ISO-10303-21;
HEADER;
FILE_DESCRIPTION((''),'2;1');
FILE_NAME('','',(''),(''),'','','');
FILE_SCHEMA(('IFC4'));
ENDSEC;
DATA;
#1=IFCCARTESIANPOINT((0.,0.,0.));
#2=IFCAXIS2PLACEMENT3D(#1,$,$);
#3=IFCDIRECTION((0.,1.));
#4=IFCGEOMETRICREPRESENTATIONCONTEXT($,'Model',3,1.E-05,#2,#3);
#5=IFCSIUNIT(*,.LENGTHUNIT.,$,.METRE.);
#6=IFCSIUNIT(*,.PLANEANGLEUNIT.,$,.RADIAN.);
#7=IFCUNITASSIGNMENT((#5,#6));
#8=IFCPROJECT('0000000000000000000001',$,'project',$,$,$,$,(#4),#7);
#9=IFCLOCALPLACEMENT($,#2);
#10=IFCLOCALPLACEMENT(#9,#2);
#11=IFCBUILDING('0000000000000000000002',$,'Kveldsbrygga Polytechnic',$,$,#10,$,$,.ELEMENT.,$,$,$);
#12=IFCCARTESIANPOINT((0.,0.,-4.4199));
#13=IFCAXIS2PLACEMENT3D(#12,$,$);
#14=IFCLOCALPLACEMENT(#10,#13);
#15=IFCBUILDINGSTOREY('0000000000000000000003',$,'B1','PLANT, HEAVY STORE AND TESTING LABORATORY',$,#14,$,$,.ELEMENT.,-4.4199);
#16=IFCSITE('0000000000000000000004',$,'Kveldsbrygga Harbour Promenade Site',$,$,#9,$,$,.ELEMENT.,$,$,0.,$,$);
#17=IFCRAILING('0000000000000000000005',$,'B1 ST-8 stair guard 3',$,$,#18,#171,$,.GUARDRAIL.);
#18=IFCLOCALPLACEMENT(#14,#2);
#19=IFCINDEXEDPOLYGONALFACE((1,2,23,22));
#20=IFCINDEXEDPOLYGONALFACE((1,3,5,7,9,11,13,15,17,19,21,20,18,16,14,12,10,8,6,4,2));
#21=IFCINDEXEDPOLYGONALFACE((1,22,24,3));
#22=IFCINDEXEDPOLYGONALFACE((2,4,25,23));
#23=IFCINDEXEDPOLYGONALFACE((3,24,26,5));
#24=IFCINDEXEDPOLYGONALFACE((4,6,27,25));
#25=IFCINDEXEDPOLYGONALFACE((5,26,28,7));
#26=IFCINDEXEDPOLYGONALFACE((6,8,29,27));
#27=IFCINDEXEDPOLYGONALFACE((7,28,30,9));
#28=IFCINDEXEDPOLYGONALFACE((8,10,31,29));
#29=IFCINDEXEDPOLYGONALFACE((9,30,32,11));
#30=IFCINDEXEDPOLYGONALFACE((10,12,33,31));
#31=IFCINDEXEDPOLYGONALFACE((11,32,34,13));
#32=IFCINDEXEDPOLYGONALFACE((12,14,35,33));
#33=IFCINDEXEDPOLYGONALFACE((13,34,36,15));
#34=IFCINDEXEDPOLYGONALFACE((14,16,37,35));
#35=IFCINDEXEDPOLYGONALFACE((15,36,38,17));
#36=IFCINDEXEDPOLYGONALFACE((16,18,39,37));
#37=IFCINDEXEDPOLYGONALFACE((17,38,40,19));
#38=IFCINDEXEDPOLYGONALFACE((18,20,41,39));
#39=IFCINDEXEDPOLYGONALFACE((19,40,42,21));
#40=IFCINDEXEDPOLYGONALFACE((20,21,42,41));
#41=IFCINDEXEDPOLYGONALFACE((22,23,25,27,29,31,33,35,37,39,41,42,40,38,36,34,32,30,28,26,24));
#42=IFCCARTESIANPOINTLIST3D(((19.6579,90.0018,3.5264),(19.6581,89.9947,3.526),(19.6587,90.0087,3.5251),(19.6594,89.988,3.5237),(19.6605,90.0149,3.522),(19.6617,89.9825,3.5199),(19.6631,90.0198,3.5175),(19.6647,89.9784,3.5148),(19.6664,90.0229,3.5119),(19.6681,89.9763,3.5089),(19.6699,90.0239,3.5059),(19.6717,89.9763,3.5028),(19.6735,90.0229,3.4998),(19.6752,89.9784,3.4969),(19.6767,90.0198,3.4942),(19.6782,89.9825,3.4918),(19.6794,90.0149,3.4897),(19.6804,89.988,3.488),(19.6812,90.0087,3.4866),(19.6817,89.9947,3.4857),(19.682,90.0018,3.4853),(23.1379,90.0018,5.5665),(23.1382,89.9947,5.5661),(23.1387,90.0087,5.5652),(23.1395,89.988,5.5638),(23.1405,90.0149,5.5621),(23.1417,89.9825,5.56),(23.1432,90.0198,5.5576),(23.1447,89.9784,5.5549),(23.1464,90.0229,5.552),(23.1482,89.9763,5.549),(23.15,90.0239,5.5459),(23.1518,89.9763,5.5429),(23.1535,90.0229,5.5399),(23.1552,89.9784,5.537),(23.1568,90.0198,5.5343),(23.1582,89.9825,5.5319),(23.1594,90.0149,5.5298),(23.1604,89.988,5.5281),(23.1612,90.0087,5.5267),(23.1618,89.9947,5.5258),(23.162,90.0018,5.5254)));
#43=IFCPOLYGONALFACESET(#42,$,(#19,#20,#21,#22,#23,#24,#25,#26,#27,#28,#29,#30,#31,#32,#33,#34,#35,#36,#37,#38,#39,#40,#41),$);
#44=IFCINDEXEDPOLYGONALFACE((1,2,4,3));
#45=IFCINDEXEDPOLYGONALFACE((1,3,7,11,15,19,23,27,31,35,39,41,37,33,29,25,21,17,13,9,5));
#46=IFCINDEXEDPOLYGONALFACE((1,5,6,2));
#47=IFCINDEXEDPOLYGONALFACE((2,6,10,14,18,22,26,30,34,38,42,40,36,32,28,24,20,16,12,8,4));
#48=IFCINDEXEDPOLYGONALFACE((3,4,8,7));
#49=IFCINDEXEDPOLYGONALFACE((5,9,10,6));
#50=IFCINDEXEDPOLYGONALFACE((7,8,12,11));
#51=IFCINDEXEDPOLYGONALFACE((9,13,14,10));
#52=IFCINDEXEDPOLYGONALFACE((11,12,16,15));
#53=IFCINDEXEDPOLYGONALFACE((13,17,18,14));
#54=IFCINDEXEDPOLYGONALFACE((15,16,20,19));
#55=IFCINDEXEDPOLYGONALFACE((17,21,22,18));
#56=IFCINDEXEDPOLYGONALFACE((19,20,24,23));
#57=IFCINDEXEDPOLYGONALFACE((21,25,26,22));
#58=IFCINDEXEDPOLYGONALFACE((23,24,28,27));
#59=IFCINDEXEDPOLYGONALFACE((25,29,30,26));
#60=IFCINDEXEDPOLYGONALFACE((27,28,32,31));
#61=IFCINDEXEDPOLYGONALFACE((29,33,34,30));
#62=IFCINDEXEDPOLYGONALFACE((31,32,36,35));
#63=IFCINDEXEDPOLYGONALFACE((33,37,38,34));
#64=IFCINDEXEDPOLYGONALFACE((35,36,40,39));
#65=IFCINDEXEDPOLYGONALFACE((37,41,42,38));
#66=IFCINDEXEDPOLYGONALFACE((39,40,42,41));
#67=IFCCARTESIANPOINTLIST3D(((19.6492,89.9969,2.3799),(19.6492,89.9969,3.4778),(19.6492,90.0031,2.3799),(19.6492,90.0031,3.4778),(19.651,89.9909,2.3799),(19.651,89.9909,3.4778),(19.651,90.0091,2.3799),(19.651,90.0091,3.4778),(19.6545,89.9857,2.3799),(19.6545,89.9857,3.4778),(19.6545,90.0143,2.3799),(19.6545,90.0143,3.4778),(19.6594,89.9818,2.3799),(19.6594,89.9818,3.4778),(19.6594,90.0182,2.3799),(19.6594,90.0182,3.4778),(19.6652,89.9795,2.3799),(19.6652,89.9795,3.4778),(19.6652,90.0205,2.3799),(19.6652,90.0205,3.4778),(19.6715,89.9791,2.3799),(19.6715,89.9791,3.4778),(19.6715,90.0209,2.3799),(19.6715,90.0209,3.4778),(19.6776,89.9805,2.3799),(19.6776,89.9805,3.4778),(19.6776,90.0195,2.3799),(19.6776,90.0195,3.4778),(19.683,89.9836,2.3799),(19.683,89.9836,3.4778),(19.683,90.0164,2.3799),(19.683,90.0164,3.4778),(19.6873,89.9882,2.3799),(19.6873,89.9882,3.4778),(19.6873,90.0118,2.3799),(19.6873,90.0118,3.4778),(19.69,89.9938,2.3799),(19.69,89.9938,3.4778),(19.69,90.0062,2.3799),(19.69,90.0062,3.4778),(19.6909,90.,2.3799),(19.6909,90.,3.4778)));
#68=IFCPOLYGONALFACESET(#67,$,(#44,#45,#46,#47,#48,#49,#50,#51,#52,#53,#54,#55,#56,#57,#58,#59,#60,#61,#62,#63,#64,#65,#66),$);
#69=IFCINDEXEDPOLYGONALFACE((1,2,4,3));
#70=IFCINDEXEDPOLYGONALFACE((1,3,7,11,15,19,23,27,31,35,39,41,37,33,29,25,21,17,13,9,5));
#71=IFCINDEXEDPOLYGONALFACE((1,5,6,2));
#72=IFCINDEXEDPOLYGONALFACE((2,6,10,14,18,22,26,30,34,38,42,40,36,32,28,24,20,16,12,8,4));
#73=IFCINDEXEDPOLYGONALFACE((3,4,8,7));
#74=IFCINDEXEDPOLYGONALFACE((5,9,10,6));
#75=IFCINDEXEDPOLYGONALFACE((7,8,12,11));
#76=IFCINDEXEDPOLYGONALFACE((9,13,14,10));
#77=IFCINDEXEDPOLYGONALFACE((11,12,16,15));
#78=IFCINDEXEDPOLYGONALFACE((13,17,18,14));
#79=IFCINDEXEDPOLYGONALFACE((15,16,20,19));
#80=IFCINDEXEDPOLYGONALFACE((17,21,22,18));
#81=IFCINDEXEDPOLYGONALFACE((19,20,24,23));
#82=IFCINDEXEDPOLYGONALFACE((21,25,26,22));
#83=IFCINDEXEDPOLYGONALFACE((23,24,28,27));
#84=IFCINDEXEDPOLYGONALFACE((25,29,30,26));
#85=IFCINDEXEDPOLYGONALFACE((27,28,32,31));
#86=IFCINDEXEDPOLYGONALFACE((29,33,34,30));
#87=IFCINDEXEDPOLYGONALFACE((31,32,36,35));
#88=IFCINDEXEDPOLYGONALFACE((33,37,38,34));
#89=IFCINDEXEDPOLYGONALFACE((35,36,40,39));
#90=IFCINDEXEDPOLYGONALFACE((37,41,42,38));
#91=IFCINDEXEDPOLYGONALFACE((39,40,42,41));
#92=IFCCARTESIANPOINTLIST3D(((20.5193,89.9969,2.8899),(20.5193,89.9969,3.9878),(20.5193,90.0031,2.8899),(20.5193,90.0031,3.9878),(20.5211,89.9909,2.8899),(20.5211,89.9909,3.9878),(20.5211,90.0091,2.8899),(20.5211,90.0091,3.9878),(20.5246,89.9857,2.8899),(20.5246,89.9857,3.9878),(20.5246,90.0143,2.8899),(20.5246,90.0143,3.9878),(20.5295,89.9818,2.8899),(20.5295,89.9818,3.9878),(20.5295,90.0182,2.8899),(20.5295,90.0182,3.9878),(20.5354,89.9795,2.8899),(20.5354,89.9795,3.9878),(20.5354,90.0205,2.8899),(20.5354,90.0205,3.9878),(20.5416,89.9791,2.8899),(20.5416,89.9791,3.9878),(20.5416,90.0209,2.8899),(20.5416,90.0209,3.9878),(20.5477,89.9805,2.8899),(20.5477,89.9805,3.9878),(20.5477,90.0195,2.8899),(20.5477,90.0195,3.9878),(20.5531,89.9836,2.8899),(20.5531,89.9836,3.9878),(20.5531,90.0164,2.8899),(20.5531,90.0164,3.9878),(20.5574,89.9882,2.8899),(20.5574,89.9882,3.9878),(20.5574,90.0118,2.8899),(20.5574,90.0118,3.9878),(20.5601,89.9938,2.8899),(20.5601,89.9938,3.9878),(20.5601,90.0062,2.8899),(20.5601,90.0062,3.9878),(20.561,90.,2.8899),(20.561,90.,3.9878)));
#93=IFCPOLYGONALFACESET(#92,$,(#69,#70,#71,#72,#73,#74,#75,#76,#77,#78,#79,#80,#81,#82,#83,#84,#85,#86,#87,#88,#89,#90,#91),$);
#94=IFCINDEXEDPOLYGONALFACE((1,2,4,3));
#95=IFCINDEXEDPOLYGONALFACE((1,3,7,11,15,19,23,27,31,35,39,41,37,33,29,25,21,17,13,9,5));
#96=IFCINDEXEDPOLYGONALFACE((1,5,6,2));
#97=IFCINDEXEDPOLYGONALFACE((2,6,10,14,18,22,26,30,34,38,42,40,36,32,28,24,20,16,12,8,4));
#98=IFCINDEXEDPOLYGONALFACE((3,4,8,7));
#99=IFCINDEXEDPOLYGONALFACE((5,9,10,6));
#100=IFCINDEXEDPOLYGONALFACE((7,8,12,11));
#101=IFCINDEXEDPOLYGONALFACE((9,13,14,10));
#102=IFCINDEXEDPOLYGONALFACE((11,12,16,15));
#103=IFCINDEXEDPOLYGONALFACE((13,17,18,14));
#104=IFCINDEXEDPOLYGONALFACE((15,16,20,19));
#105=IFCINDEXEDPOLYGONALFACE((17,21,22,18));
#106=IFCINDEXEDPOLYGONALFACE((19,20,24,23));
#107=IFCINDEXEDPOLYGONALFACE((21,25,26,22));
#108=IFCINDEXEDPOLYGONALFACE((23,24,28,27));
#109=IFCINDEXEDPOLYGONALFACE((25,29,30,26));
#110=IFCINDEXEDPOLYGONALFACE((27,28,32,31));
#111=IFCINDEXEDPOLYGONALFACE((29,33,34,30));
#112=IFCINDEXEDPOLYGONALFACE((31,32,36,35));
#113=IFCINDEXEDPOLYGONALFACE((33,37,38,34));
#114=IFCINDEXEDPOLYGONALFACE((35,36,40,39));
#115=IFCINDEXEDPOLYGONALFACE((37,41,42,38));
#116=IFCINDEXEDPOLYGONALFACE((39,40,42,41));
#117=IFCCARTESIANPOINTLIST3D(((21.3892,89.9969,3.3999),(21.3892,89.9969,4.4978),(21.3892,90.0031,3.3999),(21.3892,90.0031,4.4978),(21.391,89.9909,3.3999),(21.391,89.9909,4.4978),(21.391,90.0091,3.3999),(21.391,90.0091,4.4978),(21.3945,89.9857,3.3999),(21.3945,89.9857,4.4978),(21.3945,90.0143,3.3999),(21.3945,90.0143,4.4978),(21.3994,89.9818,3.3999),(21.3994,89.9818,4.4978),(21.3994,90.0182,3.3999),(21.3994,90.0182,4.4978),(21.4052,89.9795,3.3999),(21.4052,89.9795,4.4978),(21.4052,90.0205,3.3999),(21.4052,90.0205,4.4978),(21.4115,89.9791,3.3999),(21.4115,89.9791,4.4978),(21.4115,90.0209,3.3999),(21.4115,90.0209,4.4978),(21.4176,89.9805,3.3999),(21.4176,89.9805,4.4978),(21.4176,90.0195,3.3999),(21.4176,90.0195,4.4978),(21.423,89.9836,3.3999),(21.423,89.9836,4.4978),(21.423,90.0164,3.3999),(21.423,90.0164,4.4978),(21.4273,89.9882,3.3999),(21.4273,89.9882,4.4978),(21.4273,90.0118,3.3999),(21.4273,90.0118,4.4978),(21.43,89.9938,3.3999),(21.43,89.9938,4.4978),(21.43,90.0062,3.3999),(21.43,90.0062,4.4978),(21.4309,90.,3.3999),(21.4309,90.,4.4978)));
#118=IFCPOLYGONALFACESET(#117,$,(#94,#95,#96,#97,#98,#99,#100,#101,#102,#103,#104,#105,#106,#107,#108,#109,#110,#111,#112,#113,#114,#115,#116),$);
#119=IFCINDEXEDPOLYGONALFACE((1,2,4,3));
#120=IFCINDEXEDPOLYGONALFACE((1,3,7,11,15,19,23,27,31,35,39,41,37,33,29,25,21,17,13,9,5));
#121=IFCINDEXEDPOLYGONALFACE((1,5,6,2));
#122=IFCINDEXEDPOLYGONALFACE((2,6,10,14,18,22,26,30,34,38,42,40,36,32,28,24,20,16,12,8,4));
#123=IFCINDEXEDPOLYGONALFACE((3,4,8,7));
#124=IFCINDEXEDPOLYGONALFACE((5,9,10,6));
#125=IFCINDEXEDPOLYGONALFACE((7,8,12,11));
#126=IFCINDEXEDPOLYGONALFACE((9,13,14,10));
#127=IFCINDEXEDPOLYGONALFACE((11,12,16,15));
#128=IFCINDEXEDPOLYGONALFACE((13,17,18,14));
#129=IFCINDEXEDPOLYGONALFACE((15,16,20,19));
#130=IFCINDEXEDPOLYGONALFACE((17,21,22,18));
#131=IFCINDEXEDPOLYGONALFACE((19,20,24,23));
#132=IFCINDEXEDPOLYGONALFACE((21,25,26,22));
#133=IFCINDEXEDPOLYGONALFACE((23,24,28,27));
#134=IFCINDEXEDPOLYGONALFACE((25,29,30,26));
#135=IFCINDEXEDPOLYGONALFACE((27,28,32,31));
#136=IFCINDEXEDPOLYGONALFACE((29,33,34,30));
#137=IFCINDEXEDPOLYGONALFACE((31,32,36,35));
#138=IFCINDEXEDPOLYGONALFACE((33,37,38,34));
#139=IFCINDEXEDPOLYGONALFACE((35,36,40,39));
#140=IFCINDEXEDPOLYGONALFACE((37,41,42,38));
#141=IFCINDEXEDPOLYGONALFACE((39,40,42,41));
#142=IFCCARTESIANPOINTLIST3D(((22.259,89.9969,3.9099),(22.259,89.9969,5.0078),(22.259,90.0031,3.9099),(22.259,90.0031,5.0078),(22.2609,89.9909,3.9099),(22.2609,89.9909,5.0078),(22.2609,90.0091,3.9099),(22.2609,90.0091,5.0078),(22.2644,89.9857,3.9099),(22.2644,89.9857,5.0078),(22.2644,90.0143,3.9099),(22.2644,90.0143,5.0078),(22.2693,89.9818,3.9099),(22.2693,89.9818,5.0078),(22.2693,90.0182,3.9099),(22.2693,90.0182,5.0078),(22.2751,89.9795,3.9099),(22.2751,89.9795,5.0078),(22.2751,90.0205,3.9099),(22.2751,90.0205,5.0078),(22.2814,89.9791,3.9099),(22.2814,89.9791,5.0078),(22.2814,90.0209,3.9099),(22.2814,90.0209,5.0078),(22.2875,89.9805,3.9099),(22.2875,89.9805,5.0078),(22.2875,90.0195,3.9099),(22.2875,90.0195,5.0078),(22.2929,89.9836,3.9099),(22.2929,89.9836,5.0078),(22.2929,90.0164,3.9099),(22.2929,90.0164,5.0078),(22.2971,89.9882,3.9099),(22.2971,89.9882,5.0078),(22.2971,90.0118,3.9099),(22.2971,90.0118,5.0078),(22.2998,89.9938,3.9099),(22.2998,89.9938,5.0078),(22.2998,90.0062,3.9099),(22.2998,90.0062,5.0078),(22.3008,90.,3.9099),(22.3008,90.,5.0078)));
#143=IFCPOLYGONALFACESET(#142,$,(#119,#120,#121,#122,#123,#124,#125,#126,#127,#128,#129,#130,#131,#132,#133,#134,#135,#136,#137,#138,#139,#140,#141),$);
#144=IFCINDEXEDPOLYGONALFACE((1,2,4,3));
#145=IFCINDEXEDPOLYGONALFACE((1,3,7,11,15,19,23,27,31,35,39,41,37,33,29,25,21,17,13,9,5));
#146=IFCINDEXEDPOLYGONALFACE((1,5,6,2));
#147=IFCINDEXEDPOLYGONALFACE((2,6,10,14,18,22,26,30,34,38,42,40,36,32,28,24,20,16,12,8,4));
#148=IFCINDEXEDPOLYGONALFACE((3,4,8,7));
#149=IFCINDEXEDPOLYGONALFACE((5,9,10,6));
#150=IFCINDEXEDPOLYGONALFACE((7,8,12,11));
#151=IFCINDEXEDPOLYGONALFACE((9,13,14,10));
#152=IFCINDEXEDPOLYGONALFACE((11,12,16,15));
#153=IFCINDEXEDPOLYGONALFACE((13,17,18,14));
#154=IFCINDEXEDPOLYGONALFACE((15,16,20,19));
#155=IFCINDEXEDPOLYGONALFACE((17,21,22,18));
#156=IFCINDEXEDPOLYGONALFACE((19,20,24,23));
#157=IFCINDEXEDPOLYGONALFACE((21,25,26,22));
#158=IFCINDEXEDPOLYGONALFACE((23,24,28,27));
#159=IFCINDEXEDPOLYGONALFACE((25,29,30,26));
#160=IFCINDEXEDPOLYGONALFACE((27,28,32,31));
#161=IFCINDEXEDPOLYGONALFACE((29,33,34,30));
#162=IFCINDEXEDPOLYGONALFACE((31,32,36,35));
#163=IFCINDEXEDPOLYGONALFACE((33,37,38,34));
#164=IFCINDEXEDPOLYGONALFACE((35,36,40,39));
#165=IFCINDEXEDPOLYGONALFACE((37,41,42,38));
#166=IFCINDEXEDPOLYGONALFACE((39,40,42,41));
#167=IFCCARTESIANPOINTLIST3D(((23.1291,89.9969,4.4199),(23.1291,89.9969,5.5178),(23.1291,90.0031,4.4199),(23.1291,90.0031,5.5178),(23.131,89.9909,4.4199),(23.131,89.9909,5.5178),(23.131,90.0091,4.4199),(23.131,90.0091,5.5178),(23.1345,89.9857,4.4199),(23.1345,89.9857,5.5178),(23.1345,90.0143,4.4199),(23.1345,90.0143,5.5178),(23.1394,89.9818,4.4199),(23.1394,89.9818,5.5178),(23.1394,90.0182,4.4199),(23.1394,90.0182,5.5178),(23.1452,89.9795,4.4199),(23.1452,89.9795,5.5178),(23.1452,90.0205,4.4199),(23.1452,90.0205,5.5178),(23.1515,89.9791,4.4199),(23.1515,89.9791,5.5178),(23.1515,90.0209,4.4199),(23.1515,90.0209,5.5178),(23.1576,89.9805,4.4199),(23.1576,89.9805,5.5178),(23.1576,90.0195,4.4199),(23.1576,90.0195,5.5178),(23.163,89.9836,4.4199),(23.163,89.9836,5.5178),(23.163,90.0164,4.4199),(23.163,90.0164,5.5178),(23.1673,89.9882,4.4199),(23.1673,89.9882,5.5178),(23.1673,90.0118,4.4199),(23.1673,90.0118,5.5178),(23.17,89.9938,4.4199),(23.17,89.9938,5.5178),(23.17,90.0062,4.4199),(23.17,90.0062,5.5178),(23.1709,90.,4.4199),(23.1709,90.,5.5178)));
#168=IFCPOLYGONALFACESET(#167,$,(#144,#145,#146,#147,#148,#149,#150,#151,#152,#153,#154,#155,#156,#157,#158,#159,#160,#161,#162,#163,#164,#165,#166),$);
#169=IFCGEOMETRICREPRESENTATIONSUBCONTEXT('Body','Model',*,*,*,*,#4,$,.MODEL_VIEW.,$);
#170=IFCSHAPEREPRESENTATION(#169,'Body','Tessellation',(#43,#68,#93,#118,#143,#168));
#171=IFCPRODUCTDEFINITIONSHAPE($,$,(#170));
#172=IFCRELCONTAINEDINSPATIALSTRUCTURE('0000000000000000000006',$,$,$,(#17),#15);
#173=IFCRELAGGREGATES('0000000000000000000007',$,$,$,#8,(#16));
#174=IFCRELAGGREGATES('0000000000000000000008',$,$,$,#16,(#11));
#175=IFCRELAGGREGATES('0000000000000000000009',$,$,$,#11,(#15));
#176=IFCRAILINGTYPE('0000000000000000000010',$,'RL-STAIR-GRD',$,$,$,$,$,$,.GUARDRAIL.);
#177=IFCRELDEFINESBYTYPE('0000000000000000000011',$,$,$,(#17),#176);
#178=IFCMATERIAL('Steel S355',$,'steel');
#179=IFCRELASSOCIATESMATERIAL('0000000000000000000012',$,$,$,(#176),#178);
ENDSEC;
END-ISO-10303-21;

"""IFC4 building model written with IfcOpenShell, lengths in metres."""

from ifc_helpers import new_model, si_unit, direction, frame, origin, origin_2d, place, context, subcontext, project, spatial, circle, extrude, material, type_object, element, save


model = new_model("IFC4")

# Units and contexts
model_context = context("Model", 3, precision=1e-05, world=origin(), true_north=direction((0.0, 1.0)))
body_context = subcontext(model_context, "Body", "Model", "MODEL_VIEW")
ifc_project = project(units=[si_unit("LENGTHUNIT", "METRE"), si_unit("PLANEANGLEUNIT", "RADIAN")], contexts=[model_context])

# Site, building, storey
site_placement = place(None, origin())
site = spatial("IfcSite", under=ifc_project, at=site_placement, Name="Kveldsbrygga Harbour Promenade Site", CompositionType="ELEMENT", RefElevation=0.0)
building_placement = place(site_placement, origin())
building = spatial("IfcBuilding", under=site, at=building_placement, Name="Kveldsbrygga Polytechnic", CompositionType="ELEMENT")
storey_placement = place(building_placement, frame((0.0, 0.0, -4.4199)))
storey = spatial("IfcBuildingStorey", under=building, at=storey_placement, Name="B1", Description="PLANT, HEAVY STORE AND TESTING LABORATORY", CompositionType="ELEMENT", Elevation=-4.4199)

# Railing
ifc_material_1 = material(Name="Steel S355", Category="steel")
railing_type_1 = type_object("IfcRailingType", Name="RL-STAIR-GRD", PredefinedType="GUARDRAIL", material=ifc_material_1)
railing_1_placement = place(storey_placement, frame((19.6699, 90.0, 2.3799)))
element("IfcRailing", 1, at=railing_1_placement, inside=storey, type_object=railing_type_1, Name="B1 ST-8 stair guard 3", PredefinedType="GUARDRAIL", context=body_context, shape_type="SweptSolid", body=[
    extrude(circle(Radius=0.0239, at=origin_2d()), frame((0.0, 0.0, 1.126), z_axis=(0.862693, 0.0, 0.505729), x_axis=(0.0, 1.0, 0.0)), (0.0, 0.0, 1.0), 4.0339),
    extrude(circle(Radius=0.021, at=origin_2d()), origin(), (0.0, 0.0, 1.0), 1.0979),
    extrude(circle(Radius=0.021, at=origin_2d()), frame((0.8701, 0.0, 0.51)), (0.0, 0.0, 1.0), 1.0979),
    extrude(circle(Radius=0.021, at=origin_2d()), frame((1.74, 0.0, 1.02)), (0.0, 0.0, 1.0), 1.0979),
    extrude(circle(Radius=0.021, at=origin_2d()), frame((2.6099, 0.0, 1.53)), (0.0, 0.0, 1.0), 1.0979),
    extrude(circle(Radius=0.021, at=origin_2d()), frame((3.48, 0.0, 2.04)), (0.0, 0.0, 1.0), 1.0979),
])

save(model, "model.ifc")
